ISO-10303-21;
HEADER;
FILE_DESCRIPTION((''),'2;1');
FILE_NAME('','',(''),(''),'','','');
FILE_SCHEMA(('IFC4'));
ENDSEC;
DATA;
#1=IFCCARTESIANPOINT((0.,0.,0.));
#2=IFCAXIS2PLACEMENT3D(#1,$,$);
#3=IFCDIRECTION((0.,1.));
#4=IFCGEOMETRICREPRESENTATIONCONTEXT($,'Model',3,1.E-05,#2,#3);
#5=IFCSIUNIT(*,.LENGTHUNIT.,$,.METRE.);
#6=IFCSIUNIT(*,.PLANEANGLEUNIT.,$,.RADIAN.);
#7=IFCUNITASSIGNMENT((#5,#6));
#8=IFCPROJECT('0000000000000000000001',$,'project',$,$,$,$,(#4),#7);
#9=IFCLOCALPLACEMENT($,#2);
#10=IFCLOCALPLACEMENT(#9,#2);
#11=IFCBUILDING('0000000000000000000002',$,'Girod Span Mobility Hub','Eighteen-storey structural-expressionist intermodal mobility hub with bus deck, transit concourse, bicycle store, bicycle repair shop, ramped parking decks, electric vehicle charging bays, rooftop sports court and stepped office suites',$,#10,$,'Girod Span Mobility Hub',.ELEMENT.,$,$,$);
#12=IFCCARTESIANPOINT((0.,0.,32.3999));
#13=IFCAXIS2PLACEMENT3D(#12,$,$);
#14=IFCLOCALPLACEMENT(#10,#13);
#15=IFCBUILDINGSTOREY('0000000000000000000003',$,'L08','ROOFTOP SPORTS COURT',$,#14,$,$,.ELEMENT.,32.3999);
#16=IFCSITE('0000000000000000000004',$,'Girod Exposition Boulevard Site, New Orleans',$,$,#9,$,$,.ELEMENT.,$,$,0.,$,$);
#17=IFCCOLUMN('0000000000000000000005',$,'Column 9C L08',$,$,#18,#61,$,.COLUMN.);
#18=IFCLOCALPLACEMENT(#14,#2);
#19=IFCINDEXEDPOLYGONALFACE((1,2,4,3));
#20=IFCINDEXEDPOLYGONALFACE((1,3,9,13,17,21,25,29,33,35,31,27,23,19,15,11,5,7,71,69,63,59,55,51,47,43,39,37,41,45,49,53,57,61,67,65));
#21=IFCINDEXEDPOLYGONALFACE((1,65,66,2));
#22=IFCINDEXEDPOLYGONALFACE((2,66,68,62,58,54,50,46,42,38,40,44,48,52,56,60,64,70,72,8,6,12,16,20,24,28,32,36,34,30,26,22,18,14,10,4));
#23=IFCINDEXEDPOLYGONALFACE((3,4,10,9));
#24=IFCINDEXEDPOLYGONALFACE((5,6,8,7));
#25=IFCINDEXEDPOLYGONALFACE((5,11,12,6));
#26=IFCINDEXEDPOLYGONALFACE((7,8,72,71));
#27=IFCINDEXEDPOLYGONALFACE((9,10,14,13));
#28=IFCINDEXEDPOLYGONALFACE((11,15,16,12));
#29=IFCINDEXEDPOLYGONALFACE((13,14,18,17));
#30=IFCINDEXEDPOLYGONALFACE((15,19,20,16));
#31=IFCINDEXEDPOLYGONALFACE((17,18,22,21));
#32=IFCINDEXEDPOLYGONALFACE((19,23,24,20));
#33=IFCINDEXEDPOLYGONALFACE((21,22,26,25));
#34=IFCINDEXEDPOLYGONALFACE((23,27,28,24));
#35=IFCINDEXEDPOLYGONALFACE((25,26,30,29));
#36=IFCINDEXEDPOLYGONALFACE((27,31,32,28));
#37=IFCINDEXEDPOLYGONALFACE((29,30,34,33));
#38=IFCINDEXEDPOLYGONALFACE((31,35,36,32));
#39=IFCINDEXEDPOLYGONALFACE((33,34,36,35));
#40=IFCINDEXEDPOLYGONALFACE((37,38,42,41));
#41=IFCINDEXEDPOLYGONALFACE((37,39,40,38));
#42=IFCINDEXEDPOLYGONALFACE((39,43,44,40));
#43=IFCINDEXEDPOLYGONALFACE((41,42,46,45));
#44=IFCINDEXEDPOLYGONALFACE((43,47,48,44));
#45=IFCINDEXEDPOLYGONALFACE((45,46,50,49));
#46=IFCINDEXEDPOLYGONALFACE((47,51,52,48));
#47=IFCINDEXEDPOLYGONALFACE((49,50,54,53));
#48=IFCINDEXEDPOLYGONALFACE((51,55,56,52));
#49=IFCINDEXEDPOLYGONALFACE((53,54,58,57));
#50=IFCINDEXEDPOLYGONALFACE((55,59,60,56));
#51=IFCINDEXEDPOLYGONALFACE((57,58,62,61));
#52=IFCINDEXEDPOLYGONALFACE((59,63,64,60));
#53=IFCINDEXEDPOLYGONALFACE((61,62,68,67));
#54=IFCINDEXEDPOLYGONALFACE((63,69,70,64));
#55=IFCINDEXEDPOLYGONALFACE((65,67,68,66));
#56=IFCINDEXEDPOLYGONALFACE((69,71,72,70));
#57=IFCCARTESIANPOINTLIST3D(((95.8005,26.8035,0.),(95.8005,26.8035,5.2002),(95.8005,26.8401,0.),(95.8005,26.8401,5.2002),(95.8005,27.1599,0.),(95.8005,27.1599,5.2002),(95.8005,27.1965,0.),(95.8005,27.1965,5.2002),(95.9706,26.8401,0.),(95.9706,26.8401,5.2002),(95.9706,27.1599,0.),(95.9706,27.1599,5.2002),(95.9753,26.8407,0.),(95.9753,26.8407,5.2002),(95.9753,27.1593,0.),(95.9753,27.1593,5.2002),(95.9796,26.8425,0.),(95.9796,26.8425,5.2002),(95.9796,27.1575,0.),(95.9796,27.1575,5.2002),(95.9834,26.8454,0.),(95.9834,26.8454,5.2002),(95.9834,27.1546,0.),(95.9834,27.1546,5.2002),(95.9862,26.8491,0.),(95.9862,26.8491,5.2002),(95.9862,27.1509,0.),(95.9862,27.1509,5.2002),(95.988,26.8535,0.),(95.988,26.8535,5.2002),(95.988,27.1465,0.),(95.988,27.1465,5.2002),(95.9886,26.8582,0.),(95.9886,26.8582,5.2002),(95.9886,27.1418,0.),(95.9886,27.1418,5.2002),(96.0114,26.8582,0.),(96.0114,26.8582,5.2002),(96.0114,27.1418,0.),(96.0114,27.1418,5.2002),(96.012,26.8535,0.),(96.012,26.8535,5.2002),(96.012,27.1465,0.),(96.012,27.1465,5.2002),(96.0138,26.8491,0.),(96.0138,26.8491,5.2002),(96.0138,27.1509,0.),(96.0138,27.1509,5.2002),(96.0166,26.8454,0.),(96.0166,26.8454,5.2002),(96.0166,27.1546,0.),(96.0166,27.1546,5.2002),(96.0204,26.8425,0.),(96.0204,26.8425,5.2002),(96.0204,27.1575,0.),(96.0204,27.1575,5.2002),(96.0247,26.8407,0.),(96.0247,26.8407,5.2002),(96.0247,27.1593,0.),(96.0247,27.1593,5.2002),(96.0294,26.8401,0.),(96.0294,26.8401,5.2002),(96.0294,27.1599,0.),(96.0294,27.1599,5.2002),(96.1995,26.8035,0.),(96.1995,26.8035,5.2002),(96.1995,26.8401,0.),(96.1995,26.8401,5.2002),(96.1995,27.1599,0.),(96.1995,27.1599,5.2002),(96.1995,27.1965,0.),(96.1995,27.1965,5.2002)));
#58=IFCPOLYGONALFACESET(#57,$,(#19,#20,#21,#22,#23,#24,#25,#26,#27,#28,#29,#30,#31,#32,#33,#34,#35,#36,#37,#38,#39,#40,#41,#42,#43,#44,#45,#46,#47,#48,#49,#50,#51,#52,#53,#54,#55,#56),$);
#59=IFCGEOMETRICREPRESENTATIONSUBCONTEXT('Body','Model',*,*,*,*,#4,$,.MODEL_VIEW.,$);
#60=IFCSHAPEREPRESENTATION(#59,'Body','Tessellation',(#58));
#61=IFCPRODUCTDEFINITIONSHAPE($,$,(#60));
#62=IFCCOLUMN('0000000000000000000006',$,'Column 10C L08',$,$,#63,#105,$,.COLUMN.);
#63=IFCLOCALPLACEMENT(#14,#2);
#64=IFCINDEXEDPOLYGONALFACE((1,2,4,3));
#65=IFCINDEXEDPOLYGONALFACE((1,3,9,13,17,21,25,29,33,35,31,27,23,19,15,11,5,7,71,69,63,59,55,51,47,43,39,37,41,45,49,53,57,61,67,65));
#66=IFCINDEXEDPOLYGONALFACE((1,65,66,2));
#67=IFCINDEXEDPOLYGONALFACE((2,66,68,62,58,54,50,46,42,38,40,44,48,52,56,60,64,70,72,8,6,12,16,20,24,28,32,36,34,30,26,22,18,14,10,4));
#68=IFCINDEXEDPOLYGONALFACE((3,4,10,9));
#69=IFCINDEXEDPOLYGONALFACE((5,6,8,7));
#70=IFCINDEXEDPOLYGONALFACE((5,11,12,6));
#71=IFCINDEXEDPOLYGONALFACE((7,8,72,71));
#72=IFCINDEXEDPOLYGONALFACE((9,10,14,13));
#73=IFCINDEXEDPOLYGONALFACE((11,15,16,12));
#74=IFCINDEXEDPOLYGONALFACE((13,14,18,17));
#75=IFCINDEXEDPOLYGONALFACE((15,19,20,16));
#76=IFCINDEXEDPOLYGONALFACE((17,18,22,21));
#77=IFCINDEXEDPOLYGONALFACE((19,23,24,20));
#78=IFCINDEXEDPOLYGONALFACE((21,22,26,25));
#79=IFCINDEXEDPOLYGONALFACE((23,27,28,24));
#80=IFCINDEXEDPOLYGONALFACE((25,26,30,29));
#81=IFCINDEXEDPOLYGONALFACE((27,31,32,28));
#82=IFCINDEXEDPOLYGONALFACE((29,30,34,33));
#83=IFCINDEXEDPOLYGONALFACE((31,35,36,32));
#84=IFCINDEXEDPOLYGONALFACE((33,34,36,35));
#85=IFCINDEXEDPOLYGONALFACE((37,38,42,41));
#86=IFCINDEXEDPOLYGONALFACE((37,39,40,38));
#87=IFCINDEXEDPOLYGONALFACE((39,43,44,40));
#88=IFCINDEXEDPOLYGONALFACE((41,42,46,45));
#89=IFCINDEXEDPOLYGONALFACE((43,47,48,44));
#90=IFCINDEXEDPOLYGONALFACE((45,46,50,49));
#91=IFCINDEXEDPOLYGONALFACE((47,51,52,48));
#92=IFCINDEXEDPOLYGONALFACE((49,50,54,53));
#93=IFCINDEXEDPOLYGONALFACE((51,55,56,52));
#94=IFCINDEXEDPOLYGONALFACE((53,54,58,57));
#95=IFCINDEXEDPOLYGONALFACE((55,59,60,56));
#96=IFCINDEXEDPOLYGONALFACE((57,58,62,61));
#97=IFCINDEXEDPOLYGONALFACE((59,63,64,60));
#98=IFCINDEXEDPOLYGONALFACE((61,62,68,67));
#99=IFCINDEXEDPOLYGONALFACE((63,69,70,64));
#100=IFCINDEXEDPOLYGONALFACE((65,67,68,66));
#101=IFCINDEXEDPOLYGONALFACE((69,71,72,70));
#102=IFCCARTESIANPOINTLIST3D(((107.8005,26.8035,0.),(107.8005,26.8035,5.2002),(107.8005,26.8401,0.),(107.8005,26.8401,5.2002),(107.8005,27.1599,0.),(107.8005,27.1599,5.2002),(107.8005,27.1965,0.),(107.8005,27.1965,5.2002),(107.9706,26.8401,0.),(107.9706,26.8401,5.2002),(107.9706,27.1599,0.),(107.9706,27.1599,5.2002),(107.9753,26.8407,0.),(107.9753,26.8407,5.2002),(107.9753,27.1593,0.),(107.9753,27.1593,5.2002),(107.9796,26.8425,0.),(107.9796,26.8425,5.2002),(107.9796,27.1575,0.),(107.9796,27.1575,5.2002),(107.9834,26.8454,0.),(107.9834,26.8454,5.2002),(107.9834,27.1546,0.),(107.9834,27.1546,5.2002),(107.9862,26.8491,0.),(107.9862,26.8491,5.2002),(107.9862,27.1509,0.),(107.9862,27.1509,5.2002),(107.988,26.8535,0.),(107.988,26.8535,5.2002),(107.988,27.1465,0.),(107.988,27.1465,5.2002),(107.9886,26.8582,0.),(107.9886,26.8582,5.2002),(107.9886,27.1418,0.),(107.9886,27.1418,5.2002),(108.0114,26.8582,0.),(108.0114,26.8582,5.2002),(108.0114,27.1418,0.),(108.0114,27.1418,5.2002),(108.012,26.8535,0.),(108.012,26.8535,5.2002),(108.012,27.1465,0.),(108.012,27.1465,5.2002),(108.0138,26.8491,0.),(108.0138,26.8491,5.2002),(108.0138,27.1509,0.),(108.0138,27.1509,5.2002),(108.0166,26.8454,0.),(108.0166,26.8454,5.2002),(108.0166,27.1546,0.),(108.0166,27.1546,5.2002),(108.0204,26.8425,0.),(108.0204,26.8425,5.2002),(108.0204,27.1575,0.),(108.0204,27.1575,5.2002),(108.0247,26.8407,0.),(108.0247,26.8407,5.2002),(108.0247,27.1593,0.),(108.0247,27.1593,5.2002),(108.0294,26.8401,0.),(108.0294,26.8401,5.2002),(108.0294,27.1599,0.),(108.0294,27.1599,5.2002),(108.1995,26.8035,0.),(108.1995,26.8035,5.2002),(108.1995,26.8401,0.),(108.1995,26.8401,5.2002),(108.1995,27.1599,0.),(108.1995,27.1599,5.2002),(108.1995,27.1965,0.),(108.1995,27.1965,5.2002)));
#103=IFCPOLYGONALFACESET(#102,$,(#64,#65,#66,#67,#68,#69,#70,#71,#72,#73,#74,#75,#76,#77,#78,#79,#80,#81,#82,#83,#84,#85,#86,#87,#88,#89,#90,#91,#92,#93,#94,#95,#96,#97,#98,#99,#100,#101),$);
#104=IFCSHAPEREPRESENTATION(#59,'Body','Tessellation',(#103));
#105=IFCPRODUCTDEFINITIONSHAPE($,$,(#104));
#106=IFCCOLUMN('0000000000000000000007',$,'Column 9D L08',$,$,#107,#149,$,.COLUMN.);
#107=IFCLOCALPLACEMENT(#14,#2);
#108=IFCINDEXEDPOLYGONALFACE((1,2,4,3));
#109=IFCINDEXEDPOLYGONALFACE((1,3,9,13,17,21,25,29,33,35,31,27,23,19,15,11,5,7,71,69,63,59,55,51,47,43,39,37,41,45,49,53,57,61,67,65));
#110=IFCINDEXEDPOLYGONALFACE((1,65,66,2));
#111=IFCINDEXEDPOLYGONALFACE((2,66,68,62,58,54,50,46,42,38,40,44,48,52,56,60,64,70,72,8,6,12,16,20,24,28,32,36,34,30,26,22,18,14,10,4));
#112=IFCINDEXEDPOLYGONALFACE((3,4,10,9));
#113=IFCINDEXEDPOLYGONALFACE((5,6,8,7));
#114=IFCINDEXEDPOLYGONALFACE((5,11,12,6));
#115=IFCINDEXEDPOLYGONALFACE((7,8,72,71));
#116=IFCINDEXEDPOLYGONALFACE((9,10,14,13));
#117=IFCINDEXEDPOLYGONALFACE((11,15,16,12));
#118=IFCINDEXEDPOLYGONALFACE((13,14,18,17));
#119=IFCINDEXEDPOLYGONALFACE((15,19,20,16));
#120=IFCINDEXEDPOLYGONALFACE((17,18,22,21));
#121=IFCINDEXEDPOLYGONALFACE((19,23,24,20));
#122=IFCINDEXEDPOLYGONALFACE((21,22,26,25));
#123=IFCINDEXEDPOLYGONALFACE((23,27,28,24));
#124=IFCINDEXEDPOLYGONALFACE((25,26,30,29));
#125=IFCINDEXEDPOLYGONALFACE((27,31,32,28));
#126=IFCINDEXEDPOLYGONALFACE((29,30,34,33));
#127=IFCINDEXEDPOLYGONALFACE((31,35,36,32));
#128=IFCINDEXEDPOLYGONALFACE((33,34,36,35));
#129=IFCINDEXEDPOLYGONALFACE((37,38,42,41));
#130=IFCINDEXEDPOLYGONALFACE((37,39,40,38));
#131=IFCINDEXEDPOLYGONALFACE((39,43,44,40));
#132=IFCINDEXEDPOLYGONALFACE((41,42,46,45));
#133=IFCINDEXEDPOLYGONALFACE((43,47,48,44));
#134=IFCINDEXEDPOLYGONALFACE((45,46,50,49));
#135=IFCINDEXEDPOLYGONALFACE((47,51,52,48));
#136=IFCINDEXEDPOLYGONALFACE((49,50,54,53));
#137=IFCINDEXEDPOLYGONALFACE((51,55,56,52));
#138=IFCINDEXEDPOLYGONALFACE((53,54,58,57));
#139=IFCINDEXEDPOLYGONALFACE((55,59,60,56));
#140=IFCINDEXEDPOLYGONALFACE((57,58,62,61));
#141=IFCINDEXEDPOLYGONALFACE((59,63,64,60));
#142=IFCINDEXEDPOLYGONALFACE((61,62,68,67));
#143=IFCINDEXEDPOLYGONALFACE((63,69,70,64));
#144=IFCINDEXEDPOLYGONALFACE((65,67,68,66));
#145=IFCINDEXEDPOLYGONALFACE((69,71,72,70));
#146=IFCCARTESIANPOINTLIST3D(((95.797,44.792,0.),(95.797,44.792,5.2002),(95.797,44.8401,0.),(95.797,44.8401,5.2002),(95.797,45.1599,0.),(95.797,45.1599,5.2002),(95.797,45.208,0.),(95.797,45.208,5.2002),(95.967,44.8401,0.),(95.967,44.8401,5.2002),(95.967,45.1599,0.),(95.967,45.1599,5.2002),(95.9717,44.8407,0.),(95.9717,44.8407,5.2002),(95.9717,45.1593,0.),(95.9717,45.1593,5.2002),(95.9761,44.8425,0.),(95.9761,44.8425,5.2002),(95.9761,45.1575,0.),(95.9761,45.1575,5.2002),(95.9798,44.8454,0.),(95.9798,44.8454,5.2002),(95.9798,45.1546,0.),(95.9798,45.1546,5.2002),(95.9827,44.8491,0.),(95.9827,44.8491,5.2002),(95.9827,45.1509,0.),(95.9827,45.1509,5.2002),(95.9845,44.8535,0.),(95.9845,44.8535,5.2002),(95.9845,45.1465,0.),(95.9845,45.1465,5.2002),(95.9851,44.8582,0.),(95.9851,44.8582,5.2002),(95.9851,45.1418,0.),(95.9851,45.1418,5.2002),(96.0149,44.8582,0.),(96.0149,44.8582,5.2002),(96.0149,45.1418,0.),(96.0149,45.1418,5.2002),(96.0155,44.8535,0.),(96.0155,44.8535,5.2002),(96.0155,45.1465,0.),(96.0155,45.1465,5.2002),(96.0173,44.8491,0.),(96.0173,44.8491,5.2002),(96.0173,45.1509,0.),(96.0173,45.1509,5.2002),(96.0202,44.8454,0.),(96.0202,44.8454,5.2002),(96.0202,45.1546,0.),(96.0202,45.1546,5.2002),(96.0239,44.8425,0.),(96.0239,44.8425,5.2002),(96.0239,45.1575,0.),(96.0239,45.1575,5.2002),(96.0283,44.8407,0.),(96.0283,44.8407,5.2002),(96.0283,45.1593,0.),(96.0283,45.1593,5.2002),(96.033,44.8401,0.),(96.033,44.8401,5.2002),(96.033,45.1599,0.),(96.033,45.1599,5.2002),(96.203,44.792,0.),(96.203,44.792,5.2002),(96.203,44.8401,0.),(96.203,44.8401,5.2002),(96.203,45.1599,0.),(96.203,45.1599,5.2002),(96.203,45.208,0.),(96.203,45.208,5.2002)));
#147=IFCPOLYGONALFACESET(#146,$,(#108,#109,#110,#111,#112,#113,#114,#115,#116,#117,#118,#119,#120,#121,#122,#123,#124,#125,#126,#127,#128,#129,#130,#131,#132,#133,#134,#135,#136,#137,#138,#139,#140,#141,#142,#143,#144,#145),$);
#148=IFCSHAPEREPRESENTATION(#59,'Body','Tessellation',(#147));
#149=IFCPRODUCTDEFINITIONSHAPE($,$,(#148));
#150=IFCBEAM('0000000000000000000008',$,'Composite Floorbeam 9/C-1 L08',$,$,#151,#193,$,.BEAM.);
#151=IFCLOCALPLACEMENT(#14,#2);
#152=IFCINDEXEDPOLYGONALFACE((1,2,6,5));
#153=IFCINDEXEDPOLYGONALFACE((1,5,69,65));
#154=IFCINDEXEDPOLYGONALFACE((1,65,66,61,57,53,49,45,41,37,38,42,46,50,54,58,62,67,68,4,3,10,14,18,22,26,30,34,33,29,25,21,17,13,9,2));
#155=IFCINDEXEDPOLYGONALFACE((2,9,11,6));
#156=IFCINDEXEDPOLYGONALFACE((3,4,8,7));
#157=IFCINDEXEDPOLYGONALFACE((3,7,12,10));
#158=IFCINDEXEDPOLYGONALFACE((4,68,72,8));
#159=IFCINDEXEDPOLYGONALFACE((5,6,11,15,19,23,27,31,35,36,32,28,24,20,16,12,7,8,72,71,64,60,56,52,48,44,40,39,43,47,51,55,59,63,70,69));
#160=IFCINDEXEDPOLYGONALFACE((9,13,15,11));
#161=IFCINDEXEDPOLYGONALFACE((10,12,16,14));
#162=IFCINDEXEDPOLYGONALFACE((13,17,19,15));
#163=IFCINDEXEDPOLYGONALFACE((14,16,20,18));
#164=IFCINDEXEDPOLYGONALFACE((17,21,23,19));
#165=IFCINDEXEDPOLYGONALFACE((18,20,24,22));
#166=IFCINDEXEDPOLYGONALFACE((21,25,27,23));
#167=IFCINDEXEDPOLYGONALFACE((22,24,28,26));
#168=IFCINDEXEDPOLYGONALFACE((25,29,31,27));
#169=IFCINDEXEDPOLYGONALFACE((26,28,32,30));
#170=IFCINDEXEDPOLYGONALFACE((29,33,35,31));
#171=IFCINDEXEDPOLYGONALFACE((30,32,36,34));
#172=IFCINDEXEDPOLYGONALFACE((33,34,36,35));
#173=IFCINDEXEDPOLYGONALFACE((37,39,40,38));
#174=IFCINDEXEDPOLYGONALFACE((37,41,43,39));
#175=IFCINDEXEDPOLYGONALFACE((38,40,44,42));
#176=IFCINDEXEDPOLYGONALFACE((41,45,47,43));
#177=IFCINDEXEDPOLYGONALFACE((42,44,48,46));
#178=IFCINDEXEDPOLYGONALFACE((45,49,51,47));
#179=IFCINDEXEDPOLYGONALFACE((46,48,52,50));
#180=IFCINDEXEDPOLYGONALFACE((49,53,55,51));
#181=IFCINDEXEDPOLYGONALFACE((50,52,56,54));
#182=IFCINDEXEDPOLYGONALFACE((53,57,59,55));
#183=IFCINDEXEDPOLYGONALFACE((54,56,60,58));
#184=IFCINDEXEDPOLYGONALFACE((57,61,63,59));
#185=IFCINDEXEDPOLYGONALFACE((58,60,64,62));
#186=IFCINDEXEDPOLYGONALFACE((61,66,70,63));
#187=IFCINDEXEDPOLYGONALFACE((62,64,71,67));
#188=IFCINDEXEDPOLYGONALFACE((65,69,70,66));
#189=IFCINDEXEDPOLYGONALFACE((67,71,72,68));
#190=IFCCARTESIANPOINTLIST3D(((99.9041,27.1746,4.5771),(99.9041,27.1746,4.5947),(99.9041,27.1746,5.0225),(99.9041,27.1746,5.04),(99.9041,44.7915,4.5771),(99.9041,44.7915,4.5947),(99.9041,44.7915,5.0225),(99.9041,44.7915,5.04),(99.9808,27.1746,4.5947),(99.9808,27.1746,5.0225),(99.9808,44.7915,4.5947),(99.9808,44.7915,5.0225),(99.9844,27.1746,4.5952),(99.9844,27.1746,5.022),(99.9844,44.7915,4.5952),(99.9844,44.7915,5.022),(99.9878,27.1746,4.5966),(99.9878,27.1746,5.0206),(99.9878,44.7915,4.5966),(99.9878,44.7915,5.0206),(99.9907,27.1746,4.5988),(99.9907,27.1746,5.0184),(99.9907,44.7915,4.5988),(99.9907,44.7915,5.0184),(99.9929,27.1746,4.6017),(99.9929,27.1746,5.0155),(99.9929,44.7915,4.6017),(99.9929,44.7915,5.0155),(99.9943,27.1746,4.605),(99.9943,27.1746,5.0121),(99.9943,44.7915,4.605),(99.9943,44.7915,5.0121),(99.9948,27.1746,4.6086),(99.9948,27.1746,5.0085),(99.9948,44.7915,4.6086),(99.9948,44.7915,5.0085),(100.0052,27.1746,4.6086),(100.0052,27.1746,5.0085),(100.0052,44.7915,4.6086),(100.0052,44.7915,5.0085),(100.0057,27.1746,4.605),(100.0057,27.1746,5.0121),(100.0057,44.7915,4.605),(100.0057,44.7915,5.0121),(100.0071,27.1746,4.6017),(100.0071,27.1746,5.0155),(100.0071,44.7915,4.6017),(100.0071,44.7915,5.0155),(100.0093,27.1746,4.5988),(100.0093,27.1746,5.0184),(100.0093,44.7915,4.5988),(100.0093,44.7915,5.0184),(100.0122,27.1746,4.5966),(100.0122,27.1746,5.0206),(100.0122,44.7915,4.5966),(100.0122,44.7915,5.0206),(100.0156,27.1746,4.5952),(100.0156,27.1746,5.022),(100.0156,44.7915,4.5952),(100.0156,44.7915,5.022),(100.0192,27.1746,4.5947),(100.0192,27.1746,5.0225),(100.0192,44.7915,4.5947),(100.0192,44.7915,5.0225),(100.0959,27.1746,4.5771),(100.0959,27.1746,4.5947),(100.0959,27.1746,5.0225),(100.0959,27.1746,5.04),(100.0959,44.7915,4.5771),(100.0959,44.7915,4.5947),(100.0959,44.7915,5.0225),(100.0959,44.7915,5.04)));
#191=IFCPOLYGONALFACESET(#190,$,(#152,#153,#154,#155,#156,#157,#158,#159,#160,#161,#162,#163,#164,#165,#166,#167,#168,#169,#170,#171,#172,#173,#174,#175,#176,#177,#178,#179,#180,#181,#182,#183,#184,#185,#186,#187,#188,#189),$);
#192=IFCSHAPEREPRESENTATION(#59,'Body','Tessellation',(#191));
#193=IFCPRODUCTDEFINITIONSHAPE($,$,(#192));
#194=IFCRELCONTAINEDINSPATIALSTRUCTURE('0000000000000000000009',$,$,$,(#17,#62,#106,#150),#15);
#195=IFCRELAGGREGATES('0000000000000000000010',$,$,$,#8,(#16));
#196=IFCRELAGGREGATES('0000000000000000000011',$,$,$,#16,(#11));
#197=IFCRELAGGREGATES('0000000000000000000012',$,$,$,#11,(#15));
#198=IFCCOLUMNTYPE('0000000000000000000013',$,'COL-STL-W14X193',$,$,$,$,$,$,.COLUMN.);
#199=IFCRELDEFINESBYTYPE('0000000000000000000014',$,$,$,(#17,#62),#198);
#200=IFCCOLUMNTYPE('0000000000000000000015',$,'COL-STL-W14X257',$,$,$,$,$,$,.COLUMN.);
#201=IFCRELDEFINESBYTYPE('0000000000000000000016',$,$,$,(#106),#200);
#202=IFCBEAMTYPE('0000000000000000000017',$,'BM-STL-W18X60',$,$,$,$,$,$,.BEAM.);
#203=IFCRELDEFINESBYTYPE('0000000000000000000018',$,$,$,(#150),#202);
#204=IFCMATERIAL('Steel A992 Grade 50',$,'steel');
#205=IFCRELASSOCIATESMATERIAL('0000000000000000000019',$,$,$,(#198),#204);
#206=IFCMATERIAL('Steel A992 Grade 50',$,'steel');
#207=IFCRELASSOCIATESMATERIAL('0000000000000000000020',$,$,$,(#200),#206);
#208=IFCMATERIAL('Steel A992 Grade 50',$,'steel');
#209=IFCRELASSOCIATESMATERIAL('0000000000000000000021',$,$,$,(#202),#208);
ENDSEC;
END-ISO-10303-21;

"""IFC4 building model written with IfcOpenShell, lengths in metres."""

from ifc_helpers import new_model, si_unit, direction, frame, origin, origin_2d, place, context, subcontext, project, spatial, i_section, extrude, material, material_profile, profile_set, type_object, element, save


model = new_model("IFC4")

# Units and contexts
model_context = context("Model", 3, precision=1e-05, world=origin(), true_north=direction((0.0, 1.0)))
body_context = subcontext(model_context, "Body", "Model", "MODEL_VIEW")
ifc_project = project(units=[si_unit("LENGTHUNIT", "METRE"), si_unit("PLANEANGLEUNIT", "RADIAN")], contexts=[model_context])

# Site, building, storey
site_placement = place(None, origin())
site = spatial("IfcSite", under=ifc_project, at=site_placement, Name="Girod Exposition Boulevard Site, New Orleans", CompositionType="ELEMENT", RefElevation=0.0)
building_placement = place(site_placement, origin())
building = spatial("IfcBuilding", under=site, at=building_placement, Name="Girod Span Mobility Hub", Description="Eighteen-storey structural-expressionist intermodal mobility hub with bus deck, transit concourse, bicycle store, bicycle repair shop, ramped parking decks, electric vehicle charging bays, rooftop sports court and stepped office suites", LongName="Girod Span Mobility Hub", CompositionType="ELEMENT")
storey_placement = place(building_placement, frame((0.0, 0.0, 32.3999)))
storey = spatial("IfcBuildingStorey", under=building, at=storey_placement, Name="L08", Description="ROOFTOP SPORTS COURT", CompositionType="ELEMENT", Elevation=32.3999)

# Columns
ifc_material_1 = material(Name="Steel A992 Grade 50", Category="steel")
ifc_material_profile_1 = material_profile(ifc_material_1, i_section(OverallWidth=0.3989, OverallDepth=0.3931, WebThickness=0.0227, FlangeThickness=0.0366, FilletRadius=0.0181, at=origin_2d()), Name="W14X193")
ifc_profile_set_1 = profile_set([ifc_material_profile_1], Name="Steel A992 Grade 50")
column_type_1 = type_object("IfcColumnType", Name="COL-STL-W14X193", PredefinedType="COLUMN", material=ifc_profile_set_1)
for number, where, z_axis, x_axis, name in (
    (1, (96.0, 27.0, 0.0), (0.0, 0.0, 1.0), (1.0, 0.0, 0.0), "Column 9C L08"),
    (2, (108.0, 27.0, 0.0), (0.0, 0.0, 1.0), (1.0, 0.0, 0.0), "Column 10C L08"),
):
    element("IfcColumn", number, at=place(storey_placement, frame(where, z_axis=z_axis, x_axis=x_axis)), inside=storey, type_object=column_type_1, Name=name, PredefinedType="COLUMN", context=body_context, shape_type="SweptSolid", body=[
        extrude(i_section(OverallWidth=0.3989, OverallDepth=0.3931, WebThickness=0.0227, FlangeThickness=0.0366, FilletRadius=0.0181, at=origin_2d()), origin(), (0.0, 0.0, 1.0), 5.2002),
    ])
ifc_material_2 = material(Name="Steel A992 Grade 50", Category="steel")
ifc_material_profile_2 = material_profile(ifc_material_2, i_section(OverallWidth=0.406, OverallDepth=0.416, WebThickness=0.0298, FlangeThickness=0.0481, FilletRadius=0.0181, at=origin_2d()), Name="W14X257")
ifc_profile_set_2 = profile_set([ifc_material_profile_2], Name="Steel A992 Grade 50")
column_type_2 = type_object("IfcColumnType", Name="COL-STL-W14X257", PredefinedType="COLUMN", material=ifc_profile_set_2)
column_placement = place(storey_placement, frame((96.0, 45.0, 0.0), z_axis=(0.0, 0.0, 1.0), x_axis=(1.0, 0.0, 0.0)))
element("IfcColumn", 3, at=column_placement, inside=storey, type_object=column_type_2, Name="Column 9D L08", PredefinedType="COLUMN", context=body_context, shape_type="SweptSolid", body=[
    extrude(i_section(OverallWidth=0.406, OverallDepth=0.416, WebThickness=0.0298, FlangeThickness=0.0481, FilletRadius=0.0181, at=origin_2d()), origin(), (0.0, 0.0, 1.0), 5.2002),
])

# Beam
ifc_material_3 = material(Name="Steel A992 Grade 50", Category="steel")
ifc_material_profile_3 = material_profile(ifc_material_3, i_section(OverallWidth=0.1919, OverallDepth=0.4629, WebThickness=0.0105, FlangeThickness=0.0176, FilletRadius=0.0139, at=origin_2d()), Name="W18X60")
ifc_profile_set_3 = profile_set([ifc_material_profile_3], Name="Steel A992 Grade 50")
beam_type_1 = type_object("IfcBeamType", Name="BM-STL-W18X60", PredefinedType="BEAM", material=ifc_profile_set_3)
for number, where, z_axis, x_axis, name in (
    (4, (100.0, 27.1746, 4.8086), (0.0, 1.0, 0.0), (-1.0, 0.0, 0.0), "Composite Floorbeam 9/C-1 L08"),
):
    element("IfcBeam", number, at=place(storey_placement, frame(where, z_axis=z_axis, x_axis=x_axis)), inside=storey, type_object=beam_type_1, Name=name, PredefinedType="BEAM", context=body_context, shape_type="SweptSolid", body=[
        extrude(i_section(OverallWidth=0.1919, OverallDepth=0.4629, WebThickness=0.0105, FlangeThickness=0.0176, FilletRadius=0.0139, at=origin_2d()), origin(), (0.0, 0.0, 1.0), 17.6169),
    ])

save(model, "model.ifc")
